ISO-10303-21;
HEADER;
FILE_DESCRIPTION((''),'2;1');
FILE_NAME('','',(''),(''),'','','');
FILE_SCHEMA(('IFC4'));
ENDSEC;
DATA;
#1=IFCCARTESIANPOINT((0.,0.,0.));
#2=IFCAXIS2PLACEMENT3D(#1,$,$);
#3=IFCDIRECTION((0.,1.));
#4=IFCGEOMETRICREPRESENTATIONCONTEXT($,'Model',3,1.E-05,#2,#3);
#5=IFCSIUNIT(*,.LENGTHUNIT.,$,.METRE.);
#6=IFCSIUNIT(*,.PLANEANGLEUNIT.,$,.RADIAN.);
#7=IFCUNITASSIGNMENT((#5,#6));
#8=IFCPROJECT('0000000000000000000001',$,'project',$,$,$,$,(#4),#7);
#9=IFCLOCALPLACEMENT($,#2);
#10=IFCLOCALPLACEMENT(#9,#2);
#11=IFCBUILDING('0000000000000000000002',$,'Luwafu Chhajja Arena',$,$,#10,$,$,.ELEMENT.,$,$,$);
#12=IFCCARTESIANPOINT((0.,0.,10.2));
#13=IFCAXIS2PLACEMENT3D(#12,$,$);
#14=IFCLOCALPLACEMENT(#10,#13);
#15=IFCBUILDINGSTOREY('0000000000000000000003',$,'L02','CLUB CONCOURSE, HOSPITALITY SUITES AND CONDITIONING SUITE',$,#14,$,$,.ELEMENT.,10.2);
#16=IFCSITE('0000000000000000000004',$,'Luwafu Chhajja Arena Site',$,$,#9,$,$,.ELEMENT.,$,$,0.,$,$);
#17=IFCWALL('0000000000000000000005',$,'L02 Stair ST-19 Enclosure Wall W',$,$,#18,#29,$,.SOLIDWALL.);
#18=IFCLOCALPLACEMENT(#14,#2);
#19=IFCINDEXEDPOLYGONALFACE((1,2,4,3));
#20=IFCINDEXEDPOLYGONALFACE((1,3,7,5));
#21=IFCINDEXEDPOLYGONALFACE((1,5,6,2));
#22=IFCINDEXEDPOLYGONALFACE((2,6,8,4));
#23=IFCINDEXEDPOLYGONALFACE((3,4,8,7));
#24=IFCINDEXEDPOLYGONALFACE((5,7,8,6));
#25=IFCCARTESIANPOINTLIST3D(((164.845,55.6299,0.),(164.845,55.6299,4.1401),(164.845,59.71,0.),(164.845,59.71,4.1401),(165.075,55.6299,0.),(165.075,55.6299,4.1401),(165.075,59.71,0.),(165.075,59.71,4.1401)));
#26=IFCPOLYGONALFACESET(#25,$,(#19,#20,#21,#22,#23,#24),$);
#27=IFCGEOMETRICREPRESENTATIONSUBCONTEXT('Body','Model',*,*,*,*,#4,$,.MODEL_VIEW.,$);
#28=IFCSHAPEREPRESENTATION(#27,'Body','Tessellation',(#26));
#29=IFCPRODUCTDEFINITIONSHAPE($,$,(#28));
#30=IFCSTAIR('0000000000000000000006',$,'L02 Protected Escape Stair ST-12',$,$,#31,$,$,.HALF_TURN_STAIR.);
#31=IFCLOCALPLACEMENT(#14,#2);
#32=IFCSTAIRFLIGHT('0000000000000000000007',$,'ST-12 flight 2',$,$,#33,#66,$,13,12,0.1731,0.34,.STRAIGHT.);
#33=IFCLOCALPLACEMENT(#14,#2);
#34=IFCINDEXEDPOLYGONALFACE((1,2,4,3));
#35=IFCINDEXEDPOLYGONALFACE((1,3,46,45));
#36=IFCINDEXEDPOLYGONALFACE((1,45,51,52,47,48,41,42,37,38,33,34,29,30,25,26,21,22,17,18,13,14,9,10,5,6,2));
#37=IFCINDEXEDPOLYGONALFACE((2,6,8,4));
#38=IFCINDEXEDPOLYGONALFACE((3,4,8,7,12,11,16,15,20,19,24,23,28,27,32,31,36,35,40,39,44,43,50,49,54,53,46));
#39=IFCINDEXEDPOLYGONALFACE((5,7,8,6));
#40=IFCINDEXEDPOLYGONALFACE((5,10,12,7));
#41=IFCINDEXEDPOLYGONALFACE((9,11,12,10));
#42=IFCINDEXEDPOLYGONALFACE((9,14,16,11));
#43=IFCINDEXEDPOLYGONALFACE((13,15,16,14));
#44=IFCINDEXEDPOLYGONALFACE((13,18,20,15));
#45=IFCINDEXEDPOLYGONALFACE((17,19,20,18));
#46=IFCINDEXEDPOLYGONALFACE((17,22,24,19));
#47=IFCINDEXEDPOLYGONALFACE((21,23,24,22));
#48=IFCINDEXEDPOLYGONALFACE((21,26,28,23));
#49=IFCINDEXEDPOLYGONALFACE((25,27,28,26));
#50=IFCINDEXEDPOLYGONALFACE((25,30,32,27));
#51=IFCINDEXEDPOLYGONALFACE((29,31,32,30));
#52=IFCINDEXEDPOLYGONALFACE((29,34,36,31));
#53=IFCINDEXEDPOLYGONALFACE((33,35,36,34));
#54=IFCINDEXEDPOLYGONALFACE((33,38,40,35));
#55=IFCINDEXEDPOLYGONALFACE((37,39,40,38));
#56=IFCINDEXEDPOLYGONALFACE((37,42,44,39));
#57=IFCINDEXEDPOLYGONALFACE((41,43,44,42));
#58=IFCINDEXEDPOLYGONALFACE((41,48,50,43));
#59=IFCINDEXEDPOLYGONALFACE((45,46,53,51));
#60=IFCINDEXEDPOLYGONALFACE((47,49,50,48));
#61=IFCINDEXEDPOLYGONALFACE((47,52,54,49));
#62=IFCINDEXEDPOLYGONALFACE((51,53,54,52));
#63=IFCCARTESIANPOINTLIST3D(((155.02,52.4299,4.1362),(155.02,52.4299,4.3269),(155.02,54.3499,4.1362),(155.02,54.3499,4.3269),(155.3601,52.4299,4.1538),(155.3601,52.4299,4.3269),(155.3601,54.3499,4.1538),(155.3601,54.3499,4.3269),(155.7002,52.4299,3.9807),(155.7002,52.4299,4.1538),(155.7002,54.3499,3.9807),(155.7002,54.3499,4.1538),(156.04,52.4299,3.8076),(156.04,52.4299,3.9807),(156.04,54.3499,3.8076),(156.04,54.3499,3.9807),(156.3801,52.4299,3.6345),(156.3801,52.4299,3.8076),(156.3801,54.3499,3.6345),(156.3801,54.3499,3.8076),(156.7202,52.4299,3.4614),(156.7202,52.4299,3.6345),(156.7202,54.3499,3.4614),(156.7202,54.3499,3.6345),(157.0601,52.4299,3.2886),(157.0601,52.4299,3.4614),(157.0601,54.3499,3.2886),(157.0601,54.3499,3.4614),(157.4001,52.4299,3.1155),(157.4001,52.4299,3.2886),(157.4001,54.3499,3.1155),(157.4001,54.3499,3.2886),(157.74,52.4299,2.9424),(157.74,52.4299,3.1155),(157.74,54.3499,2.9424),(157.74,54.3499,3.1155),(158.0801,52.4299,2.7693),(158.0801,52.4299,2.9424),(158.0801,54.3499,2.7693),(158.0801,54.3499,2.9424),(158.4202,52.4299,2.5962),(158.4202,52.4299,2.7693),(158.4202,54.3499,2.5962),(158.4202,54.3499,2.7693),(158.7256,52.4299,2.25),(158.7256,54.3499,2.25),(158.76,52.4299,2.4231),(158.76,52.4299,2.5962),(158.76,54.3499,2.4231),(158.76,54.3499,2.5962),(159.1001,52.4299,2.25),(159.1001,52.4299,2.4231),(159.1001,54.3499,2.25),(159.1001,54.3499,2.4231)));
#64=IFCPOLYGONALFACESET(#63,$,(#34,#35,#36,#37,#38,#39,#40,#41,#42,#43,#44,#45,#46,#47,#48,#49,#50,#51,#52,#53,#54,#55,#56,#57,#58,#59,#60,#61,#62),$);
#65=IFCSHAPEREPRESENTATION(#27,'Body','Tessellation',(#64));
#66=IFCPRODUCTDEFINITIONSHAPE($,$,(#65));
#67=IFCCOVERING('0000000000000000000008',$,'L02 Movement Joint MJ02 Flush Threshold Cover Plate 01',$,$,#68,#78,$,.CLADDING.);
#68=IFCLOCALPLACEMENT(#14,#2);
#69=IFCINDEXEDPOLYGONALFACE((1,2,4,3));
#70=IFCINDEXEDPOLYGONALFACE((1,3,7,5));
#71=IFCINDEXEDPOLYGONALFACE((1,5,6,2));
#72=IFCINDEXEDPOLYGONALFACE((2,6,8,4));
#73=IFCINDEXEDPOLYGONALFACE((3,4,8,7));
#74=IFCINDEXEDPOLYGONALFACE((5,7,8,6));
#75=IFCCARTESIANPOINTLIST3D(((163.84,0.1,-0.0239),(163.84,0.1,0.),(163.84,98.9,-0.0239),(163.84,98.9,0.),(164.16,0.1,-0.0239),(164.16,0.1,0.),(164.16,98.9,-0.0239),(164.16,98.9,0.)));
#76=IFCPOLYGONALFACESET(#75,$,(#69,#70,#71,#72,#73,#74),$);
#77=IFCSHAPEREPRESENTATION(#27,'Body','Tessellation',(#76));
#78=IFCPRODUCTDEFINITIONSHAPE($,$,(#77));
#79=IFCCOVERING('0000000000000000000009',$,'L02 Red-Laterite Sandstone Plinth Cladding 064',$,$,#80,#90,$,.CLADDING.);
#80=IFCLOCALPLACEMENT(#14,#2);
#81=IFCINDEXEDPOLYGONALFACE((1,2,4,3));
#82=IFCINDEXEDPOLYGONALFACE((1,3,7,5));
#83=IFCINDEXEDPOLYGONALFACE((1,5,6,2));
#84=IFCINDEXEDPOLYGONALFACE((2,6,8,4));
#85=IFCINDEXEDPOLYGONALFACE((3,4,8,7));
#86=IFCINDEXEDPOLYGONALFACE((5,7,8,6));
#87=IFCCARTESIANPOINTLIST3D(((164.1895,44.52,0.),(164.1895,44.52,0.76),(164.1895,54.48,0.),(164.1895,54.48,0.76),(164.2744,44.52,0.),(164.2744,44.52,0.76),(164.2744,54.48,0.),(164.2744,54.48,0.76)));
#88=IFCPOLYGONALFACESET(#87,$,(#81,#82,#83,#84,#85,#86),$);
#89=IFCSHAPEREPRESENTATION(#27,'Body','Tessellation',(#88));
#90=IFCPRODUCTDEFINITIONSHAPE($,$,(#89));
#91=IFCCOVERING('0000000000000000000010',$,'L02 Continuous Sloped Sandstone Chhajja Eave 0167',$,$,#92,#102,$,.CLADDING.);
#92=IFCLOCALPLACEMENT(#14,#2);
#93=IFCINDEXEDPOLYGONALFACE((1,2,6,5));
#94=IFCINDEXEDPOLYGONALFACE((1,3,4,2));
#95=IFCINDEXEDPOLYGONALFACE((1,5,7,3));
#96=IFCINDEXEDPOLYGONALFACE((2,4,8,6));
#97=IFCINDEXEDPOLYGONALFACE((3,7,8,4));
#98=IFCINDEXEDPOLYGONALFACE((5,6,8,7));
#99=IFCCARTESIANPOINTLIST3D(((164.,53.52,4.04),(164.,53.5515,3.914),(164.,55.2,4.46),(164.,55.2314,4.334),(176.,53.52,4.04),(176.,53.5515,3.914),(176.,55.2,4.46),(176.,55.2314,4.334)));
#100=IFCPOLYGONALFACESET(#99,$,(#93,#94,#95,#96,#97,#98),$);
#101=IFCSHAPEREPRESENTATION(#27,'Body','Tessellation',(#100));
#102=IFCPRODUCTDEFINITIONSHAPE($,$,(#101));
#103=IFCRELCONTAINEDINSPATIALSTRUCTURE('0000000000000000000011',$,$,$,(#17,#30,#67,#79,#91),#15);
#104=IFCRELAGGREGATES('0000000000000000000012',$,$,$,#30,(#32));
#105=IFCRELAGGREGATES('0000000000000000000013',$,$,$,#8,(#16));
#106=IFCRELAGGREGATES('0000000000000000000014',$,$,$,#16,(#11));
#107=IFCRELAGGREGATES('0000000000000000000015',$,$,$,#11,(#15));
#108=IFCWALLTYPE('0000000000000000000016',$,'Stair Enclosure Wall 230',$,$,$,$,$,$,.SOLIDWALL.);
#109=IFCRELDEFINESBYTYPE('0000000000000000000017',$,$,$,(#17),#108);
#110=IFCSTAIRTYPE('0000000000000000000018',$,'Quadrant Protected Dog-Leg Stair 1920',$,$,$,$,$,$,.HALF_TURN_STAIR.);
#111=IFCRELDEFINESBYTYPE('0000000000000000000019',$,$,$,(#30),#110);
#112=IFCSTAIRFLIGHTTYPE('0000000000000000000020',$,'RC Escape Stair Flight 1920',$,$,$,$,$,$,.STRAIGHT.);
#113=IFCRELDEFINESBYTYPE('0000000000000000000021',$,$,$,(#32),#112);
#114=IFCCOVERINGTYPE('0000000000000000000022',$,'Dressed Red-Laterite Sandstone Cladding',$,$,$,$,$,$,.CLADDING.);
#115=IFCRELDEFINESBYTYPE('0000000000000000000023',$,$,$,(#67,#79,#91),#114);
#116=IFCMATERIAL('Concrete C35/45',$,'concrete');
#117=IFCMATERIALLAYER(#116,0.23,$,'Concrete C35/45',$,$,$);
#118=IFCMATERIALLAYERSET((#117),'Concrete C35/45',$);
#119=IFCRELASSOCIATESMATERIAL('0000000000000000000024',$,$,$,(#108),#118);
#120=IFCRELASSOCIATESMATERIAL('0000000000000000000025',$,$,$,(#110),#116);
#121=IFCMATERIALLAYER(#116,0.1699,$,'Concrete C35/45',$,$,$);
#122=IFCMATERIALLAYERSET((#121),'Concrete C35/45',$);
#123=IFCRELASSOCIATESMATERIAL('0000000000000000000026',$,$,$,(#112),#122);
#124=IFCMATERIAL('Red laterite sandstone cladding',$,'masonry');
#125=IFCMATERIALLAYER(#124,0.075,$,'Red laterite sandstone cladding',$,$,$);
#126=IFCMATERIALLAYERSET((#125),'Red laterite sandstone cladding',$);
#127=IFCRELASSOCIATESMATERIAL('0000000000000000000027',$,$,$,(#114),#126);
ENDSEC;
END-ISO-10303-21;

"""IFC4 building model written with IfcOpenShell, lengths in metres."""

from ifc_helpers import new_model, si_unit, direction, frame, frame_2d, origin, origin_2d, place, context, subcontext, project, spatial, polyline, rectangle, outline, extrude, material, layer, layer_set, type_object, element, aggregate, save


model = new_model("IFC4")

# Units and contexts
model_context = context("Model", 3, precision=1e-05, world=origin(), true_north=direction((0.0, 1.0)))
body_context = subcontext(model_context, "Body", "Model", "MODEL_VIEW")
ifc_project = project(units=[si_unit("LENGTHUNIT", "METRE"), si_unit("PLANEANGLEUNIT", "RADIAN")], contexts=[model_context])

# Site, building, storey
site_placement = place(None, origin())
site = spatial("IfcSite", under=ifc_project, at=site_placement, Name="Luwafu Chhajja Arena Site", CompositionType="ELEMENT", RefElevation=0.0)
building_placement = place(site_placement, origin())
building = spatial("IfcBuilding", under=site, at=building_placement, Name="Luwafu Chhajja Arena", CompositionType="ELEMENT")
storey_placement = place(building_placement, frame((0.0, 0.0, 10.2)))
storey = spatial("IfcBuildingStorey", under=building, at=storey_placement, Name="L02", Description="CLUB CONCOURSE, HOSPITALITY SUITES AND CONDITIONING SUITE", CompositionType="ELEMENT", Elevation=10.2)

# Shared definitions
ifc_material_1 = material(Name="Concrete C35/45", Category="concrete")

# Wall
ifc_layer_1 = layer(ifc_material_1, 0.23, Name="Concrete C35/45")
ifc_layer_set_1 = layer_set([ifc_layer_1], Name="Concrete C35/45")
wall_type_1 = type_object("IfcWallType", Name="Stair Enclosure Wall 230", PredefinedType="SOLIDWALL", material=ifc_layer_set_1)
wall_1_placement = place(storey_placement, frame((164.96, 55.6299, 0.0), z_axis=(0.0, 0.0, 1.0), x_axis=(0.0, 1.0, 0.0)))
element("IfcWall", 1, at=wall_1_placement, inside=storey, type_object=wall_type_1, Name="L02 Stair ST-19 Enclosure Wall W", PredefinedType="SOLIDWALL", context=body_context, shape_type="SweptSolid", body=[
    extrude(rectangle(XDim=4.0801, YDim=0.23, at=frame_2d((2.04, 0.0))), origin(), (0.0, 0.0, 1.0), 4.1401),
])

# Stair, stair flight
stair_type = type_object("IfcStairType", Name="Quadrant Protected Dog-Leg Stair 1920", PredefinedType="HALF_TURN_STAIR", material=ifc_material_1)
stair_placement = place(storey_placement, origin())
stair = element("IfcStair", 2, at=stair_placement, inside=storey, type_object=stair_type, Name="L02 Protected Escape Stair ST-12", PredefinedType="HALF_TURN_STAIR")
ifc_layer_2 = layer(ifc_material_1, 0.1699, Name="Concrete C35/45")
ifc_layer_set_2 = layer_set([ifc_layer_2], Name="Concrete C35/45")
stair_flight_type = type_object("IfcStairFlightType", Name="RC Escape Stair Flight 1920", PredefinedType="STRAIGHT", material=ifc_layer_set_2)
stair_flight_placement = place(storey_placement, frame((159.1001, 53.3899, 2.25), z_axis=(0.0, 0.0, 1.0), x_axis=(-1.0, 0.0, 0.0)))
stair_flight = element("IfcStairFlight", 3, at=stair_flight_placement, type_object=stair_flight_type, Name="ST-12 flight 2", NumberOfRisers=13, NumberOfTreads=12, PredefinedType="STRAIGHT", RiserHeight=0.1731, TreadLength=0.34, context=body_context, shape_type="SweptSolid", body=[
    extrude(outline(polyline([(0.0, 0.0), (0.0, 0.1731), (0.3401, 0.1731), (0.3401, 0.3462), (0.6799, 0.3462), (0.6799, 0.5193), (1.02, 0.5193), (1.02, 0.6924), (1.3601, 0.6924), (1.3601, 0.8655), (1.7, 0.8655), (1.7, 1.0386), (2.04, 1.0386), (2.04, 1.2114), (2.3799, 1.2114), (2.3799, 1.3845), (2.72, 1.3845), (2.72, 1.5576), (3.0601, 1.5576), (3.0601, 1.7307), (3.3999, 1.7307), (3.3999, 1.9038), (3.74, 1.9038), (3.74, 2.0769), (4.0801, 2.0769), (4.0801, 2.25), (4.0801, 1.8862), (0.3745, 0.0), (0.0, 0.0)])), frame((0.0, 0.96, 0.0), z_axis=(0.0, -1.0, 0.0), x_axis=(1.0, 0.0, 0.0)), (0.0, 0.0, 1.0), 1.9199),
])
aggregate(stair, [stair_flight])

# Coverings
ifc_material_2 = material(Name="Red laterite sandstone cladding", Category="masonry")
ifc_layer_3 = layer(ifc_material_2, 0.075, Name="Red laterite sandstone cladding")
ifc_layer_set_3 = layer_set([ifc_layer_3], Name="Red laterite sandstone cladding")
covering_type = type_object("IfcCoveringType", Name="Dressed Red-Laterite Sandstone Cladding", PredefinedType="CLADDING", material=ifc_layer_set_3)
covering_1_placement = place(storey_placement, frame((164.0, 49.5, -0.0239), z_axis=(0.0, 0.0, 1.0), x_axis=(1.0, 0.0, 0.0)))
element("IfcCovering", 4, at=covering_1_placement, inside=storey, type_object=covering_type, Name="L02 Movement Joint MJ02 Flush Threshold Cover Plate 01", PredefinedType="CLADDING", context=body_context, shape_type="SweptSolid", body=[
    extrude(rectangle(XDim=0.3201, YDim=98.8, at=origin_2d()), origin(), (0.0, 0.0, 1.0), 0.0239),
])
covering_2_placement = place(storey_placement, frame((164.2319, 49.5, 0.0), z_axis=(0.0, 0.0, 1.0), x_axis=(0.0, 1.0, 0.0)))
element("IfcCovering", 5, at=covering_2_placement, inside=storey, type_object=covering_type, Name="L02 Red-Laterite Sandstone Plinth Cladding 064", PredefinedType="CLADDING", context=body_context, shape_type="SweptSolid", body=[
    extrude(rectangle(XDim=9.96, YDim=0.085, at=origin_2d()), origin(), (0.0, 0.0, 1.0), 0.76),
])
covering_3_placement = place(storey_placement, frame((164.0, 55.2, 4.46), z_axis=(0.0, -0.242502, 0.970151), x_axis=(1.0, 0.0, 0.0)))
element("IfcCovering", 6, at=covering_3_placement, inside=storey, type_object=covering_type, Name="L02 Continuous Sloped Sandstone Chhajja Eave 0167", PredefinedType="CLADDING", context=body_context, shape_type="SweptSolid", body=[
    extrude(outline(polyline([(0.0, 0.0), (12.0, 0.0), (12.0, -1.7316), (0.0, -1.7316), (0.0, 0.0)])), origin(), (0.0, 0.0, -1.0), 0.1299),
])

save(model, "model.ifc")
